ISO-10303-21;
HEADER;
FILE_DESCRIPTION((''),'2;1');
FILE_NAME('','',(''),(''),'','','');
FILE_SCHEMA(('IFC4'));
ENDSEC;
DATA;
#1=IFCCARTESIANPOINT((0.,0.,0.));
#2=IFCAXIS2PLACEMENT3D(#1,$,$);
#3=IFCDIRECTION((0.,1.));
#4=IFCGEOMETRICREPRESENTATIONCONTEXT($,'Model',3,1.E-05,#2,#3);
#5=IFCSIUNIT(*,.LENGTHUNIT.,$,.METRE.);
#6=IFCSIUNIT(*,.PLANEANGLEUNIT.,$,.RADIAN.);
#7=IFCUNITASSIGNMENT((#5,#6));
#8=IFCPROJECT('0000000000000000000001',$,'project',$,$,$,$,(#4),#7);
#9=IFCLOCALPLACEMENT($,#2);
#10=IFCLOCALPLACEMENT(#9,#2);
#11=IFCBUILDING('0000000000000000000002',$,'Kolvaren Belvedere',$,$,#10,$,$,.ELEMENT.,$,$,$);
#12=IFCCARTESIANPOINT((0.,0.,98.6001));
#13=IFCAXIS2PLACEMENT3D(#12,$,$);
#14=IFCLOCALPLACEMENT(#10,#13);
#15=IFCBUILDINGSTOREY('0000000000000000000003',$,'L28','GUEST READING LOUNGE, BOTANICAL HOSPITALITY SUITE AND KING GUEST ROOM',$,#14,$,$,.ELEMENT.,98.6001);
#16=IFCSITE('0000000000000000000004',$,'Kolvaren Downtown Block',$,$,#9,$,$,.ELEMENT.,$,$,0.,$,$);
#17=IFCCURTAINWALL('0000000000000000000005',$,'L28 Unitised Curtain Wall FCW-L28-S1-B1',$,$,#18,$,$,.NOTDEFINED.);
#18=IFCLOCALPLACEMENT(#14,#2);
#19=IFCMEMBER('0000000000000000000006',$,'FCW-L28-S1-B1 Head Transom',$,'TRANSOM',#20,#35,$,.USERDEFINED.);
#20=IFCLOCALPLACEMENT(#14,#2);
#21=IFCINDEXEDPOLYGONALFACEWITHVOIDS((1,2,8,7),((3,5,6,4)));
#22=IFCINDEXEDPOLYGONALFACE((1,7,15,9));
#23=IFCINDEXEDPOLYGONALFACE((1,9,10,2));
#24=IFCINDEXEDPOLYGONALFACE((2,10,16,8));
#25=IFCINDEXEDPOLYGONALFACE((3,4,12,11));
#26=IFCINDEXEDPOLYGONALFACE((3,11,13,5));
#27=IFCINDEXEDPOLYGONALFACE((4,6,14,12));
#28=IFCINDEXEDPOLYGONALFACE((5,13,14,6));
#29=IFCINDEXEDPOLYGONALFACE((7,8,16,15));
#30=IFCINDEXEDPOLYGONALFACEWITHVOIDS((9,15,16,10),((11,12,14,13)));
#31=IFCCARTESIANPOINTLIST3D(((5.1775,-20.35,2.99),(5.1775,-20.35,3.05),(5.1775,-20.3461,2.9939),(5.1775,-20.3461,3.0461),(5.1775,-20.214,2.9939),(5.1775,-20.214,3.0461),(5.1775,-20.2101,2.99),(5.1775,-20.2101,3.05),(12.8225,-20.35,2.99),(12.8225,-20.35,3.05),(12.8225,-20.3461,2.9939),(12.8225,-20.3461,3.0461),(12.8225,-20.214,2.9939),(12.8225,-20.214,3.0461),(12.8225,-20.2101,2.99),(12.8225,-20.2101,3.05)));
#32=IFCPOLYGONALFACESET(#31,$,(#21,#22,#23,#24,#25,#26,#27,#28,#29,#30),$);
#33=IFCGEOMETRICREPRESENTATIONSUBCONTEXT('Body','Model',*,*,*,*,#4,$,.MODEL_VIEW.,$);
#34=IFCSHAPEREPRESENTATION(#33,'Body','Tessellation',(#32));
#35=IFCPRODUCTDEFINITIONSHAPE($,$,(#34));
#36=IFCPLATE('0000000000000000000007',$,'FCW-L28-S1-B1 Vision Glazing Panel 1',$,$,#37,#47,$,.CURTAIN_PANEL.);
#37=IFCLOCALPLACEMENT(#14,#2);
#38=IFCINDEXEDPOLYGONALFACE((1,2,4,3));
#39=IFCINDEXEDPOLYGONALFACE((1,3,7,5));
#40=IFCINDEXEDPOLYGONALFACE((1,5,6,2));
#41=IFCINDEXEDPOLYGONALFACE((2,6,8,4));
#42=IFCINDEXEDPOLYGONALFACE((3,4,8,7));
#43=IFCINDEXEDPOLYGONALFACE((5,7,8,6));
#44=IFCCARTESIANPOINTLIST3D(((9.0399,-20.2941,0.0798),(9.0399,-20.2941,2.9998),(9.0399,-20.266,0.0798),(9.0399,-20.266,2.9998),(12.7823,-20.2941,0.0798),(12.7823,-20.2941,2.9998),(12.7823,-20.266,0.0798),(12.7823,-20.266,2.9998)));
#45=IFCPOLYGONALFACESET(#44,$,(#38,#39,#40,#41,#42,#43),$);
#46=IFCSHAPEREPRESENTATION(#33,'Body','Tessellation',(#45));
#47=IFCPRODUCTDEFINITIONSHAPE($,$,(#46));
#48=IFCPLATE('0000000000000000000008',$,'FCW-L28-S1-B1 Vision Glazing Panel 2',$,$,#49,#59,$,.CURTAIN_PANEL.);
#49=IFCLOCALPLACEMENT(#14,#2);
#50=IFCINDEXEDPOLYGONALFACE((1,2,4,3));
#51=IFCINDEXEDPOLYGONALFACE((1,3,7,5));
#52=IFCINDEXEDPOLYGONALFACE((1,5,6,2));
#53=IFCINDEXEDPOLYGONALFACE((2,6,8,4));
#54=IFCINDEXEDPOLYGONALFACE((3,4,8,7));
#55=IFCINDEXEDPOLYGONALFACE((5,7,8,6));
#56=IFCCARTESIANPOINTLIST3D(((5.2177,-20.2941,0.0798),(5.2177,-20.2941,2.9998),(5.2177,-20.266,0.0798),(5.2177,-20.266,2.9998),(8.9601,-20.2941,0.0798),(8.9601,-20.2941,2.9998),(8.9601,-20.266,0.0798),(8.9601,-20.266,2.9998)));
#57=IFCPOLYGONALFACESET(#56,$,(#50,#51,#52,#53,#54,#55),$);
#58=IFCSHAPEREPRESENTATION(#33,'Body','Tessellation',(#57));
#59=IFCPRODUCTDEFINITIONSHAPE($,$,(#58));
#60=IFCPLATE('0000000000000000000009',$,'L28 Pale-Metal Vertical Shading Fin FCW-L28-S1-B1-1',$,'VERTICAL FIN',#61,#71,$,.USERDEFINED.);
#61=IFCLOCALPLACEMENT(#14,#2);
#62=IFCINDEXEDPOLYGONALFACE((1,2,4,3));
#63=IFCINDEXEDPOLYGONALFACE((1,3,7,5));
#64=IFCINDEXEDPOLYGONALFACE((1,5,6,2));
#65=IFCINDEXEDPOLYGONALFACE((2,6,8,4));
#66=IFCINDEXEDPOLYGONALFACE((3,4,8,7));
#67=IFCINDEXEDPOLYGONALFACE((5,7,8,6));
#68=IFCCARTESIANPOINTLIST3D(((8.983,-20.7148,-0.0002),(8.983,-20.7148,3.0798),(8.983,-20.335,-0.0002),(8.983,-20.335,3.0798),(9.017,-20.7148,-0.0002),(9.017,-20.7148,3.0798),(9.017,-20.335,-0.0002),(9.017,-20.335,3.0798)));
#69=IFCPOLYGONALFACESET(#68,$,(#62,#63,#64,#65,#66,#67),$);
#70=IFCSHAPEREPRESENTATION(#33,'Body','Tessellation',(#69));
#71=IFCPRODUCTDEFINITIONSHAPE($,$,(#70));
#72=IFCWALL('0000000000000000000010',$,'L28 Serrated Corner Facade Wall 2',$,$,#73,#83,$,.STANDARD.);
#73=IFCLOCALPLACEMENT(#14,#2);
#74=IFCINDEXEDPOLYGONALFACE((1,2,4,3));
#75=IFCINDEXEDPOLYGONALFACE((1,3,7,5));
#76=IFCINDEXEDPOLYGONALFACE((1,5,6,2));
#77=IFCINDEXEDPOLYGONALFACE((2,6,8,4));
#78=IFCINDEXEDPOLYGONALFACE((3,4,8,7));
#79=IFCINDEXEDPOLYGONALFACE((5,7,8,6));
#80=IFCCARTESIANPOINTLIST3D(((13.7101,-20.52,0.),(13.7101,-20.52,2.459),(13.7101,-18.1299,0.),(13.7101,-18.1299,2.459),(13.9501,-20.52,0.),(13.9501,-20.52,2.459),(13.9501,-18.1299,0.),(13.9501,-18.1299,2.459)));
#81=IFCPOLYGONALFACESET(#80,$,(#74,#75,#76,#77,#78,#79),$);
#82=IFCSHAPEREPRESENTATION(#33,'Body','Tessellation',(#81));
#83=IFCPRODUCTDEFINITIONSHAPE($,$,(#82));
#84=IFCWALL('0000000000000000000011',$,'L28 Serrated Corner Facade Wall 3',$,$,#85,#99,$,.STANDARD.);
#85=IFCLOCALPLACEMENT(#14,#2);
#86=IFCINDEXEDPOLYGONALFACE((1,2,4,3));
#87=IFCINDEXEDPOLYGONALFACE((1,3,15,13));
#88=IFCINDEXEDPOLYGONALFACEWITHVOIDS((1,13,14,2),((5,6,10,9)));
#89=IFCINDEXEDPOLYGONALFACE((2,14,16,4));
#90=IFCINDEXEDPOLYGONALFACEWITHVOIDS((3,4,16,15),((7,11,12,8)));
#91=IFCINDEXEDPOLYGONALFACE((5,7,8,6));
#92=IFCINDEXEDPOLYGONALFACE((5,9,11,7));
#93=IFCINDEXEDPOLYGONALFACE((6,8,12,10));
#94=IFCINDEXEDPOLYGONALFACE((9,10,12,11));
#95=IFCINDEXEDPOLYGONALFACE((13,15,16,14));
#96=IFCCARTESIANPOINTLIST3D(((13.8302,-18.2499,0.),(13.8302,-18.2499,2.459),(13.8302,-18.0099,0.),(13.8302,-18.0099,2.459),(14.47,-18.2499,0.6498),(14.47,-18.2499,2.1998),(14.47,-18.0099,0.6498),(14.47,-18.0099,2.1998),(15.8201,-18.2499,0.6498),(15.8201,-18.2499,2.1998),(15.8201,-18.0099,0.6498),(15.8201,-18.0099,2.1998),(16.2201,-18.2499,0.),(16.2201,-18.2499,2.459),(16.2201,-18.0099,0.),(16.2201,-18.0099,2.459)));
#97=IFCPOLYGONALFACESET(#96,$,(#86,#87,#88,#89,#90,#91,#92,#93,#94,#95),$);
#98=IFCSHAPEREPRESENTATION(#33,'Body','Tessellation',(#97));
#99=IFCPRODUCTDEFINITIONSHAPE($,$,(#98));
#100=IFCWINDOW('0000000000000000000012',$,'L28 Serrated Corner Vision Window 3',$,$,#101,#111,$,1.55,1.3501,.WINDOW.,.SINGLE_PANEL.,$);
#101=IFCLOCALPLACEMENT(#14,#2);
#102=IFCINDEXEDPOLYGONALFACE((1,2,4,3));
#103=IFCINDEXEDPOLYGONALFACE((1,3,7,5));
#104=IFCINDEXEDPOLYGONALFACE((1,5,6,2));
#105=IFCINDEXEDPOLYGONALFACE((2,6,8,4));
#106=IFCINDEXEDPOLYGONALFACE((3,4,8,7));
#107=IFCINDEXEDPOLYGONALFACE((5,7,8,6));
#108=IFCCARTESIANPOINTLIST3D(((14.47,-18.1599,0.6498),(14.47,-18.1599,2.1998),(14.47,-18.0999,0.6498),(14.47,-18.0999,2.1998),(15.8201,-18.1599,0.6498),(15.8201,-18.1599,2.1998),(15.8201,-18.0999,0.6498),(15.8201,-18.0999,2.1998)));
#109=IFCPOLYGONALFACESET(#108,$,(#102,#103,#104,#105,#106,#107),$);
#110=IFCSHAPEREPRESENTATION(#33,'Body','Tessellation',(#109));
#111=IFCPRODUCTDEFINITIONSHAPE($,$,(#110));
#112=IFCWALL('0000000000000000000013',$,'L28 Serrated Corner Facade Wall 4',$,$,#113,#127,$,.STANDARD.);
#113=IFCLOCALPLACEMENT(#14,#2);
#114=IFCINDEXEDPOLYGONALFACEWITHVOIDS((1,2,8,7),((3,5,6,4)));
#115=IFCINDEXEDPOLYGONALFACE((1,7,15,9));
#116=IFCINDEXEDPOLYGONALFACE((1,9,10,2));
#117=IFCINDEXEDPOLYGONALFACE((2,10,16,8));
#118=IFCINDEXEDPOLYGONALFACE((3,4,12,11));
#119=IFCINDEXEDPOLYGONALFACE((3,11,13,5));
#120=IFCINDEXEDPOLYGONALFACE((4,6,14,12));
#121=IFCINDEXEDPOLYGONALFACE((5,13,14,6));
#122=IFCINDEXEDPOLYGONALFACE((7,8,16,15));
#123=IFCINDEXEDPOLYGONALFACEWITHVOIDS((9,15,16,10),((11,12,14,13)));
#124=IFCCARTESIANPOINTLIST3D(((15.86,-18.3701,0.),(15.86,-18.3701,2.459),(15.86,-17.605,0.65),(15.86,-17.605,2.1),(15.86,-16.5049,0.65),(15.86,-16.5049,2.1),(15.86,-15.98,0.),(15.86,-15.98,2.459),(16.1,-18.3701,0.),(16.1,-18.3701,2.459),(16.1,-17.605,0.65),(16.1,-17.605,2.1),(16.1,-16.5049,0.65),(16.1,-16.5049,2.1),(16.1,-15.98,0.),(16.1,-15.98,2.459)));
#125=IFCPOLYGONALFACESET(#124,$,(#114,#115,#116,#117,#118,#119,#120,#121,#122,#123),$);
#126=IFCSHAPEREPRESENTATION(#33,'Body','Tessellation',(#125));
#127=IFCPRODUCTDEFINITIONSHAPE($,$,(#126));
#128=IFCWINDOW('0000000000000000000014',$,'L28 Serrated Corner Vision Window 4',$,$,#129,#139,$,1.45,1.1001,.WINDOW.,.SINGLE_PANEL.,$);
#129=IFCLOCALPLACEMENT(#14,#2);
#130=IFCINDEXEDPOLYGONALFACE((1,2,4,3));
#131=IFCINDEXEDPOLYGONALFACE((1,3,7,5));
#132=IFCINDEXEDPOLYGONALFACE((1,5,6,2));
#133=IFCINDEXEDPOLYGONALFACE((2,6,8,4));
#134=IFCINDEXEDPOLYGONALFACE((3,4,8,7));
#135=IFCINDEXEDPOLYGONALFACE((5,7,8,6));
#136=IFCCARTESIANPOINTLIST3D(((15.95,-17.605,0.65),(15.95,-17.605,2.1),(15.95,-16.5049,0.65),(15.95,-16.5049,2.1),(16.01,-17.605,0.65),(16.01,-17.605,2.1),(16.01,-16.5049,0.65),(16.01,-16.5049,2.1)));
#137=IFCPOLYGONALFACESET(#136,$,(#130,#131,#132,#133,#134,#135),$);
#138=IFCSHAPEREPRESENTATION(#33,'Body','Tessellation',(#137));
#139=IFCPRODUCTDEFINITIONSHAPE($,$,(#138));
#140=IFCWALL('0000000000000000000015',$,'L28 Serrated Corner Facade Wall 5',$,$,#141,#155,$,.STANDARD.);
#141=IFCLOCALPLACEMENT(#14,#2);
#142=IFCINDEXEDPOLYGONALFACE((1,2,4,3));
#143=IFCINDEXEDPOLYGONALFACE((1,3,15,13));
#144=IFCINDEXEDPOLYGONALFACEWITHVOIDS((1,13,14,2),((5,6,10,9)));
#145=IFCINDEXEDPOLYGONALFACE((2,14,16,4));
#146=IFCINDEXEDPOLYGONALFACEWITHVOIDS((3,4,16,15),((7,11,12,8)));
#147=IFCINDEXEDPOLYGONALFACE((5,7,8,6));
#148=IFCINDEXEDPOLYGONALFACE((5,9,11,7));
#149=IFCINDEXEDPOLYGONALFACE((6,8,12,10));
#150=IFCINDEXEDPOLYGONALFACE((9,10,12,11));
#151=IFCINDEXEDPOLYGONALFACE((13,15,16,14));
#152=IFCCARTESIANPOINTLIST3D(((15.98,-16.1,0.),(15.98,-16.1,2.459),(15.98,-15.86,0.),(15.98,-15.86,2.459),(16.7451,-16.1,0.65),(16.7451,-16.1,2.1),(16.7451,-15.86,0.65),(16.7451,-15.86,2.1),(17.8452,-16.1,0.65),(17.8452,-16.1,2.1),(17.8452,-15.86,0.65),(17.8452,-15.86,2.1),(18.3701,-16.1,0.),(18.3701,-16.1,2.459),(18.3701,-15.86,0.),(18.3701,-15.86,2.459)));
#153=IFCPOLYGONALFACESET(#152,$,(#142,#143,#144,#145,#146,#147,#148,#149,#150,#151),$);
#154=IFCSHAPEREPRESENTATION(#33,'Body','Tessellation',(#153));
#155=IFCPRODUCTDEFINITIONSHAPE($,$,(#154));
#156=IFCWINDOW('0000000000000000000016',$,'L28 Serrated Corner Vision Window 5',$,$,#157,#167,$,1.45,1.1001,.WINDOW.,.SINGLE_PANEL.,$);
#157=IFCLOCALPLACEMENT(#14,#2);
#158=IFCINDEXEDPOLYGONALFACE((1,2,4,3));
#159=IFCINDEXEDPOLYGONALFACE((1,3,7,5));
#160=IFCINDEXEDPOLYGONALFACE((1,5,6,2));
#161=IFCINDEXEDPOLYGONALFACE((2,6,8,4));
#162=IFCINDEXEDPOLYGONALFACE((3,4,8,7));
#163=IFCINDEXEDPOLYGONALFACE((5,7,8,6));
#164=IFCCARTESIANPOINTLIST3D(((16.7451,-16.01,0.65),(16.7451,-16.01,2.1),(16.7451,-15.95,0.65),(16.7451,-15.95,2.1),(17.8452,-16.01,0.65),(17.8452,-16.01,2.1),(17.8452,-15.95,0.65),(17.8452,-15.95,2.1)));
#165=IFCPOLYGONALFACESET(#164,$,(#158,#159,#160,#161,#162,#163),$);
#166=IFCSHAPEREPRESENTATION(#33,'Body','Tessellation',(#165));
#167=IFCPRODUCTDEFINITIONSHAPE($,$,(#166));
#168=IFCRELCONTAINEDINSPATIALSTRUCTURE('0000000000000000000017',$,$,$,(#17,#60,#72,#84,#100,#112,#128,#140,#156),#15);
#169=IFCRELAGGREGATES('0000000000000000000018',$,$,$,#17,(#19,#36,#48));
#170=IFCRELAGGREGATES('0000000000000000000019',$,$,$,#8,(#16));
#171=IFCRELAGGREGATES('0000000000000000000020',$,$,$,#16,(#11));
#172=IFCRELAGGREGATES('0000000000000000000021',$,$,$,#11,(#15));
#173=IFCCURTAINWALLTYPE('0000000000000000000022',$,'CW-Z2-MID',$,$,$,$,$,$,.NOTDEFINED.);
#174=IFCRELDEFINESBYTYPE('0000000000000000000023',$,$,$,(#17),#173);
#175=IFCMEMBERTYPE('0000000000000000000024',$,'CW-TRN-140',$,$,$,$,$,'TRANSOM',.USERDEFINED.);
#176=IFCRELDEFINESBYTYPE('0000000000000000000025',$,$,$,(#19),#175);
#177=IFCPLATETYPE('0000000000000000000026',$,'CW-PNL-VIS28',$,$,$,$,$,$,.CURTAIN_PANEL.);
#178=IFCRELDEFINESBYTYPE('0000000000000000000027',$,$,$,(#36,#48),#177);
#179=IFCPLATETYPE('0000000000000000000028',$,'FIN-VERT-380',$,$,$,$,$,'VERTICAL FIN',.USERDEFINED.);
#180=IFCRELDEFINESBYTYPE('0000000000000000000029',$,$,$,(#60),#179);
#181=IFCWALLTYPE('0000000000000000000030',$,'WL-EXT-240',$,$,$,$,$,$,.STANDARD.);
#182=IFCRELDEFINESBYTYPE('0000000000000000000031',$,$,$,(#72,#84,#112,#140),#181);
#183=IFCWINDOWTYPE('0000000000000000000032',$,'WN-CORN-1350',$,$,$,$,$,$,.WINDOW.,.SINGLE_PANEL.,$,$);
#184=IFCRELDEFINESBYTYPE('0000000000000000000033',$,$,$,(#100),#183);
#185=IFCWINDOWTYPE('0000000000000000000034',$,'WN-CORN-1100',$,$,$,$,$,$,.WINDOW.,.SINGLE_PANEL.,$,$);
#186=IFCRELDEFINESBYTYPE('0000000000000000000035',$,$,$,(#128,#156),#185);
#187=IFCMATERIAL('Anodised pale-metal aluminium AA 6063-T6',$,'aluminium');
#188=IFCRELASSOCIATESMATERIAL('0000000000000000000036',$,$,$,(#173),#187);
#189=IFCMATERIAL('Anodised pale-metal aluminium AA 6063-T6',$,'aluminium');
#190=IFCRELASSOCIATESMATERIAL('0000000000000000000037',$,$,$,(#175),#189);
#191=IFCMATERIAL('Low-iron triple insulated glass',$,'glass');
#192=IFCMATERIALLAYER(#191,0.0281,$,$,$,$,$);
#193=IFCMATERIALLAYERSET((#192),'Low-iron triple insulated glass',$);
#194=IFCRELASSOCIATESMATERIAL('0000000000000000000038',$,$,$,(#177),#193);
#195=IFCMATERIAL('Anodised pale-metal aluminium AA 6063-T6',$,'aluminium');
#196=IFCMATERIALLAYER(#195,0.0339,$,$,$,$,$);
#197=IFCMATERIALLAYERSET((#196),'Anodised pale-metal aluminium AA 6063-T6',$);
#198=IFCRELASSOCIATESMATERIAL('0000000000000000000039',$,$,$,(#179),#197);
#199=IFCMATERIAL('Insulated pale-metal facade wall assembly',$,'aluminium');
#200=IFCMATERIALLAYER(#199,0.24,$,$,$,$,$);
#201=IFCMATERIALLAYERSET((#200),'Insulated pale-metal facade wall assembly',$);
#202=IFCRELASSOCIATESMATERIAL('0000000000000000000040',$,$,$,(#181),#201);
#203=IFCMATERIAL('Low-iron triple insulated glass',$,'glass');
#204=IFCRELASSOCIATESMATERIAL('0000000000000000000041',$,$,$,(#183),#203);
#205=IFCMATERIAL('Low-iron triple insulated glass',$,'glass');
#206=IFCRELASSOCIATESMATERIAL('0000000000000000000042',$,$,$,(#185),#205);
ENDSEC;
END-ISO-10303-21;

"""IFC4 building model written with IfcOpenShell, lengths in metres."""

from ifc_helpers import new_model, si_unit, direction, frame, frame_2d, origin, origin_2d, place, context, subcontext, project, spatial, rectangle, hollow_rectangle, extrude, material, layer, layer_set, material_profile, profile_set, type_object, element, fill, aggregate, save


model = new_model("IFC4")

# Units and contexts
model_context = context("Model", 3, precision=1e-05, world=origin(), true_north=direction((0.0, 1.0)))
body_context = subcontext(model_context, "Body", "Model", "MODEL_VIEW")
ifc_project = project(units=[si_unit("LENGTHUNIT", "METRE"), si_unit("PLANEANGLEUNIT", "RADIAN")], contexts=[model_context])

# Site, building, storey
site_placement = place(None, origin())
site = spatial("IfcSite", under=ifc_project, at=site_placement, Name="Kolvaren Downtown Block", CompositionType="ELEMENT", RefElevation=0.0)
building_placement = place(site_placement, origin())
building = spatial("IfcBuilding", under=site, at=building_placement, Name="Kolvaren Belvedere", CompositionType="ELEMENT")
storey_placement = place(building_placement, frame((0.0, 0.0, 98.6001)))
storey = spatial("IfcBuildingStorey", under=building, at=storey_placement, Name="L28", Description="GUEST READING LOUNGE, BOTANICAL HOSPITALITY SUITE AND KING GUEST ROOM", CompositionType="ELEMENT", Elevation=98.6001)

# Curtain wall
ifc_material_1 = material(Name="Anodised pale-metal aluminium AA 6063-T6", Category="aluminium")
curtain_wall_type = type_object("IfcCurtainWallType", Name="CW-Z2-MID", PredefinedType="NOTDEFINED", material=ifc_material_1)
curtain_wall_1_placement = place(storey_placement, origin())
curtain_wall_1 = element("IfcCurtainWall", 1, at=curtain_wall_1_placement, inside=storey, type_object=curtain_wall_type, Name="L28 Unitised Curtain Wall FCW-L28-S1-B1", PredefinedType="NOTDEFINED")

# Member
ifc_material_2 = material(Name="Anodised pale-metal aluminium AA 6063-T6", Category="aluminium")
ifc_material_profile_1 = material_profile(ifc_material_2, hollow_rectangle(XDim=0.0601, YDim=0.1399, WallThickness=0.0039, at=origin_2d()), Name="ALU-TRN-140X60")
ifc_profile_set_1 = profile_set([ifc_material_profile_1], Name="Anodised pale-metal aluminium AA 6063-T6")
member_type_1 = type_object("IfcMemberType", Name="CW-TRN-140", ElementType="TRANSOM", PredefinedType="USERDEFINED", material=ifc_profile_set_1)
member_1_placement = place(storey_placement, frame((12.8225, -20.28, 3.02), z_axis=(-1.0, 0.0, 0.0), x_axis=(0.0, 0.0, 1.0)))
member_1 = element("IfcMember", 2, at=member_1_placement, type_object=member_type_1, Name="FCW-L28-S1-B1 Head Transom", ObjectType="TRANSOM", PredefinedType="USERDEFINED", context=body_context, shape_type="SweptSolid", body=[
    extrude(hollow_rectangle(XDim=0.0601, YDim=0.1399, WallThickness=0.0039, at=origin_2d()), origin(), (0.0, 0.0, 1.0), 7.645),
])

# Plates
ifc_material_3 = material(Name="Low-iron triple insulated glass", Category="glass")
ifc_layer_1 = layer(ifc_material_3, 0.0281)
ifc_layer_set_1 = layer_set([ifc_layer_1], Name="Low-iron triple insulated glass")
plate_type_1 = type_object("IfcPlateType", Name="CW-PNL-VIS28", PredefinedType="CURTAIN_PANEL", material=ifc_layer_set_1)
plate_1_placement = place(storey_placement, frame((10.9111, -20.28, 0.0798), z_axis=(0.0, 0.0, 1.0), x_axis=(-1.0, 0.0, 0.0)))
plate_1 = element("IfcPlate", 3, at=plate_1_placement, type_object=plate_type_1, Name="FCW-L28-S1-B1 Vision Glazing Panel 1", PredefinedType="CURTAIN_PANEL", context=body_context, shape_type="SweptSolid", body=[
    extrude(rectangle(XDim=3.7424, YDim=0.0281, at=origin_2d()), origin(), (0.0, 0.0, 1.0), 2.9199),
])
plate_2_placement = place(storey_placement, frame((7.0889, -20.28, 0.0798), z_axis=(0.0, 0.0, 1.0), x_axis=(-1.0, 0.0, 0.0)))
plate_2 = element("IfcPlate", 4, at=plate_2_placement, type_object=plate_type_1, Name="FCW-L28-S1-B1 Vision Glazing Panel 2", PredefinedType="CURTAIN_PANEL", context=body_context, shape_type="SweptSolid", body=[
    extrude(rectangle(XDim=3.7424, YDim=0.0281, at=origin_2d()), origin(), (0.0, 0.0, 1.0), 2.9199),
])
aggregate(curtain_wall_1, [member_1, plate_1, plate_2])
ifc_material_4 = material(Name="Anodised pale-metal aluminium AA 6063-T6", Category="aluminium")
ifc_layer_2 = layer(ifc_material_4, 0.0339)
ifc_layer_set_2 = layer_set([ifc_layer_2], Name="Anodised pale-metal aluminium AA 6063-T6")
plate_type_2 = type_object("IfcPlateType", Name="FIN-VERT-380", ElementType="VERTICAL FIN", PredefinedType="USERDEFINED", material=ifc_layer_set_2)
plate_3_placement = place(storey_placement, frame((9.0, -20.5249, -0.0002), z_axis=(0.0, 0.0, 1.0), x_axis=(0.0, 1.0, 0.0)))
element("IfcPlate", 5, at=plate_3_placement, inside=storey, type_object=plate_type_2, Name="L28 Pale-Metal Vertical Shading Fin FCW-L28-S1-B1-1", ObjectType="VERTICAL FIN", PredefinedType="USERDEFINED", context=body_context, shape_type="SweptSolid", body=[
    extrude(rectangle(XDim=0.3799, YDim=0.0339, at=origin_2d()), origin(), (0.0, 0.0, 1.0), 3.0801),
])

# Wall
ifc_material_5 = material(Name="Insulated pale-metal facade wall assembly", Category="aluminium")
ifc_layer_3 = layer(ifc_material_5, 0.24)
ifc_layer_set_3 = layer_set([ifc_layer_3], Name="Insulated pale-metal facade wall assembly")
wall_type_1 = type_object("IfcWallType", Name="WL-EXT-240", PredefinedType="STANDARD", material=ifc_layer_set_3)
wall_1_placement = place(storey_placement, frame((13.8301, -18.1299, 0.0), z_axis=(0.0, 0.0, 1.0), x_axis=(0.0, -1.0, 0.0)))
element("IfcWall", 6, at=wall_1_placement, inside=storey, type_object=wall_type_1, Name="L28 Serrated Corner Facade Wall 2", PredefinedType="STANDARD", context=body_context, shape_type="SweptSolid", body=[
    extrude(rectangle(XDim=2.3901, YDim=0.24, at=frame_2d((1.1951, 0.0))), origin(), (0.0, 0.0, 1.0), 2.459),
])

# Walls, openings, windows
wall_2_placement = place(storey_placement, frame((16.22, -18.1299, 0.0), z_axis=(0.0, 0.0, 1.0), x_axis=(-1.0, 0.0, 0.0)))
wall_2 = element("IfcWall", 7, at=wall_2_placement, inside=storey, type_object=wall_type_1, Name="L28 Serrated Corner Facade Wall 3", PredefinedType="STANDARD", context=body_context, shape_type="SweptSolid", body=[
    extrude(rectangle(XDim=2.3899, YDim=0.24, at=frame_2d((1.1948, 0.0))), origin(), (0.0, 0.0, 1.0), 2.459),
])
opening_1_placement = place(wall_2_placement, frame((0.3999, 0.0, 0.6499)))
opening_1 = element("IfcOpeningElement", 8, at=opening_1_placement, cuts=wall_2, PredefinedType="OPENING", context=body_context, shape_type="SweptSolid", body=[
    extrude(rectangle(XDim=1.3501, YDim=1.55, at=frame_2d((0.675, 0.7749))), frame((0.0, 0.1299, 0.0), z_axis=(0.0, -1.0, 0.0), x_axis=(1.0, 0.0, 0.0)), (0.0, 0.0, 1.0), 0.26),
])
ifc_material_6 = material(Name="Low-iron triple insulated glass", Category="glass")
window_type_1 = type_object("IfcWindowType", Name="WN-CORN-1350", PartitioningType="SINGLE_PANEL", PredefinedType="WINDOW", material=ifc_material_6)
window_1_placement = place(opening_1_placement, origin())
window_1 = element("IfcWindow", 9, at=window_1_placement, inside=storey, type_object=window_type_1, Name="L28 Serrated Corner Vision Window 3", OverallHeight=1.55, OverallWidth=1.3501, PartitioningType="SINGLE_PANEL", PredefinedType="WINDOW", context=body_context, shape_type="SweptSolid", body=[
    extrude(rectangle(XDim=1.3501, YDim=1.55, at=frame_2d((0.675, 0.7749))), frame((0.0, 0.03, 0.0), z_axis=(0.0, -1.0, 0.0), x_axis=(1.0, 0.0, 0.0)), (0.0, 0.0, 1.0), 0.0601),
])
fill(opening_1, window_1)
wall_3_placement = place(storey_placement, frame((15.98, -15.98, 0.0), z_axis=(0.0, 0.0, 1.0), x_axis=(0.0, -1.0, 0.0)))
wall_3 = element("IfcWall", 10, at=wall_3_placement, inside=storey, type_object=wall_type_1, Name="L28 Serrated Corner Facade Wall 4", PredefinedType="STANDARD", context=body_context, shape_type="SweptSolid", body=[
    extrude(rectangle(XDim=2.3901, YDim=0.24, at=frame_2d((1.1951, 0.0))), origin(), (0.0, 0.0, 1.0), 2.459),
])
opening_2_placement = place(wall_3_placement, frame((0.5249, 0.0, 0.6499)))
opening_2 = element("IfcOpeningElement", 11, at=opening_2_placement, cuts=wall_3, PredefinedType="OPENING", context=body_context, shape_type="SweptSolid", body=[
    extrude(rectangle(XDim=1.1001, YDim=1.45, at=frame_2d((0.55, 0.7251))), frame((0.0, 0.1299, 0.0), z_axis=(0.0, -1.0, 0.0), x_axis=(1.0, 0.0, 0.0)), (0.0, 0.0, 1.0), 0.26),
])
ifc_material_7 = material(Name="Low-iron triple insulated glass", Category="glass")
window_type_2 = type_object("IfcWindowType", Name="WN-CORN-1100", PartitioningType="SINGLE_PANEL", PredefinedType="WINDOW", material=ifc_material_7)
window_2_placement = place(opening_2_placement, origin())
window_2 = element("IfcWindow", 12, at=window_2_placement, inside=storey, type_object=window_type_2, Name="L28 Serrated Corner Vision Window 4", OverallHeight=1.45, OverallWidth=1.1001, PartitioningType="SINGLE_PANEL", PredefinedType="WINDOW", context=body_context, shape_type="SweptSolid", body=[
    extrude(rectangle(XDim=1.1001, YDim=1.45, at=frame_2d((0.55, 0.7251))), frame((0.0, 0.03, 0.0), z_axis=(0.0, -1.0, 0.0), x_axis=(1.0, 0.0, 0.0)), (0.0, 0.0, 1.0), 0.0601),
])
fill(opening_2, window_2)
wall_4_placement = place(storey_placement, frame((18.3701, -15.98, 0.0), z_axis=(0.0, 0.0, 1.0), x_axis=(-1.0, 0.0, 0.0)))
wall_4 = element("IfcWall", 13, at=wall_4_placement, inside=storey, type_object=wall_type_1, Name="L28 Serrated Corner Facade Wall 5", PredefinedType="STANDARD", context=body_context, shape_type="SweptSolid", body=[
    extrude(rectangle(XDim=2.3901, YDim=0.24, at=frame_2d((1.1951, 0.0))), origin(), (0.0, 0.0, 1.0), 2.459),
])
opening_3_placement = place(wall_4_placement, frame((0.5249, 0.0, 0.6499)))
opening_3 = element("IfcOpeningElement", 14, at=opening_3_placement, cuts=wall_4, PredefinedType="OPENING", context=body_context, shape_type="SweptSolid", body=[
    extrude(rectangle(XDim=1.1001, YDim=1.45, at=frame_2d((0.55, 0.7251))), frame((0.0, 0.1299, 0.0), z_axis=(0.0, -1.0, 0.0), x_axis=(1.0, 0.0, 0.0)), (0.0, 0.0, 1.0), 0.26),
])
window_3_placement = place(opening_3_placement, origin())
window_3 = element("IfcWindow", 15, at=window_3_placement, inside=storey, type_object=window_type_2, Name="L28 Serrated Corner Vision Window 5", OverallHeight=1.45, OverallWidth=1.1001, PartitioningType="SINGLE_PANEL", PredefinedType="WINDOW", context=body_context, shape_type="SweptSolid", body=[
    extrude(rectangle(XDim=1.1001, YDim=1.45, at=frame_2d((0.55, 0.7251))), frame((0.0, 0.03, 0.0), z_axis=(0.0, -1.0, 0.0), x_axis=(1.0, 0.0, 0.0)), (0.0, 0.0, 1.0), 0.0601),
])
fill(opening_3, window_3)

save(model, "model.ifc")
